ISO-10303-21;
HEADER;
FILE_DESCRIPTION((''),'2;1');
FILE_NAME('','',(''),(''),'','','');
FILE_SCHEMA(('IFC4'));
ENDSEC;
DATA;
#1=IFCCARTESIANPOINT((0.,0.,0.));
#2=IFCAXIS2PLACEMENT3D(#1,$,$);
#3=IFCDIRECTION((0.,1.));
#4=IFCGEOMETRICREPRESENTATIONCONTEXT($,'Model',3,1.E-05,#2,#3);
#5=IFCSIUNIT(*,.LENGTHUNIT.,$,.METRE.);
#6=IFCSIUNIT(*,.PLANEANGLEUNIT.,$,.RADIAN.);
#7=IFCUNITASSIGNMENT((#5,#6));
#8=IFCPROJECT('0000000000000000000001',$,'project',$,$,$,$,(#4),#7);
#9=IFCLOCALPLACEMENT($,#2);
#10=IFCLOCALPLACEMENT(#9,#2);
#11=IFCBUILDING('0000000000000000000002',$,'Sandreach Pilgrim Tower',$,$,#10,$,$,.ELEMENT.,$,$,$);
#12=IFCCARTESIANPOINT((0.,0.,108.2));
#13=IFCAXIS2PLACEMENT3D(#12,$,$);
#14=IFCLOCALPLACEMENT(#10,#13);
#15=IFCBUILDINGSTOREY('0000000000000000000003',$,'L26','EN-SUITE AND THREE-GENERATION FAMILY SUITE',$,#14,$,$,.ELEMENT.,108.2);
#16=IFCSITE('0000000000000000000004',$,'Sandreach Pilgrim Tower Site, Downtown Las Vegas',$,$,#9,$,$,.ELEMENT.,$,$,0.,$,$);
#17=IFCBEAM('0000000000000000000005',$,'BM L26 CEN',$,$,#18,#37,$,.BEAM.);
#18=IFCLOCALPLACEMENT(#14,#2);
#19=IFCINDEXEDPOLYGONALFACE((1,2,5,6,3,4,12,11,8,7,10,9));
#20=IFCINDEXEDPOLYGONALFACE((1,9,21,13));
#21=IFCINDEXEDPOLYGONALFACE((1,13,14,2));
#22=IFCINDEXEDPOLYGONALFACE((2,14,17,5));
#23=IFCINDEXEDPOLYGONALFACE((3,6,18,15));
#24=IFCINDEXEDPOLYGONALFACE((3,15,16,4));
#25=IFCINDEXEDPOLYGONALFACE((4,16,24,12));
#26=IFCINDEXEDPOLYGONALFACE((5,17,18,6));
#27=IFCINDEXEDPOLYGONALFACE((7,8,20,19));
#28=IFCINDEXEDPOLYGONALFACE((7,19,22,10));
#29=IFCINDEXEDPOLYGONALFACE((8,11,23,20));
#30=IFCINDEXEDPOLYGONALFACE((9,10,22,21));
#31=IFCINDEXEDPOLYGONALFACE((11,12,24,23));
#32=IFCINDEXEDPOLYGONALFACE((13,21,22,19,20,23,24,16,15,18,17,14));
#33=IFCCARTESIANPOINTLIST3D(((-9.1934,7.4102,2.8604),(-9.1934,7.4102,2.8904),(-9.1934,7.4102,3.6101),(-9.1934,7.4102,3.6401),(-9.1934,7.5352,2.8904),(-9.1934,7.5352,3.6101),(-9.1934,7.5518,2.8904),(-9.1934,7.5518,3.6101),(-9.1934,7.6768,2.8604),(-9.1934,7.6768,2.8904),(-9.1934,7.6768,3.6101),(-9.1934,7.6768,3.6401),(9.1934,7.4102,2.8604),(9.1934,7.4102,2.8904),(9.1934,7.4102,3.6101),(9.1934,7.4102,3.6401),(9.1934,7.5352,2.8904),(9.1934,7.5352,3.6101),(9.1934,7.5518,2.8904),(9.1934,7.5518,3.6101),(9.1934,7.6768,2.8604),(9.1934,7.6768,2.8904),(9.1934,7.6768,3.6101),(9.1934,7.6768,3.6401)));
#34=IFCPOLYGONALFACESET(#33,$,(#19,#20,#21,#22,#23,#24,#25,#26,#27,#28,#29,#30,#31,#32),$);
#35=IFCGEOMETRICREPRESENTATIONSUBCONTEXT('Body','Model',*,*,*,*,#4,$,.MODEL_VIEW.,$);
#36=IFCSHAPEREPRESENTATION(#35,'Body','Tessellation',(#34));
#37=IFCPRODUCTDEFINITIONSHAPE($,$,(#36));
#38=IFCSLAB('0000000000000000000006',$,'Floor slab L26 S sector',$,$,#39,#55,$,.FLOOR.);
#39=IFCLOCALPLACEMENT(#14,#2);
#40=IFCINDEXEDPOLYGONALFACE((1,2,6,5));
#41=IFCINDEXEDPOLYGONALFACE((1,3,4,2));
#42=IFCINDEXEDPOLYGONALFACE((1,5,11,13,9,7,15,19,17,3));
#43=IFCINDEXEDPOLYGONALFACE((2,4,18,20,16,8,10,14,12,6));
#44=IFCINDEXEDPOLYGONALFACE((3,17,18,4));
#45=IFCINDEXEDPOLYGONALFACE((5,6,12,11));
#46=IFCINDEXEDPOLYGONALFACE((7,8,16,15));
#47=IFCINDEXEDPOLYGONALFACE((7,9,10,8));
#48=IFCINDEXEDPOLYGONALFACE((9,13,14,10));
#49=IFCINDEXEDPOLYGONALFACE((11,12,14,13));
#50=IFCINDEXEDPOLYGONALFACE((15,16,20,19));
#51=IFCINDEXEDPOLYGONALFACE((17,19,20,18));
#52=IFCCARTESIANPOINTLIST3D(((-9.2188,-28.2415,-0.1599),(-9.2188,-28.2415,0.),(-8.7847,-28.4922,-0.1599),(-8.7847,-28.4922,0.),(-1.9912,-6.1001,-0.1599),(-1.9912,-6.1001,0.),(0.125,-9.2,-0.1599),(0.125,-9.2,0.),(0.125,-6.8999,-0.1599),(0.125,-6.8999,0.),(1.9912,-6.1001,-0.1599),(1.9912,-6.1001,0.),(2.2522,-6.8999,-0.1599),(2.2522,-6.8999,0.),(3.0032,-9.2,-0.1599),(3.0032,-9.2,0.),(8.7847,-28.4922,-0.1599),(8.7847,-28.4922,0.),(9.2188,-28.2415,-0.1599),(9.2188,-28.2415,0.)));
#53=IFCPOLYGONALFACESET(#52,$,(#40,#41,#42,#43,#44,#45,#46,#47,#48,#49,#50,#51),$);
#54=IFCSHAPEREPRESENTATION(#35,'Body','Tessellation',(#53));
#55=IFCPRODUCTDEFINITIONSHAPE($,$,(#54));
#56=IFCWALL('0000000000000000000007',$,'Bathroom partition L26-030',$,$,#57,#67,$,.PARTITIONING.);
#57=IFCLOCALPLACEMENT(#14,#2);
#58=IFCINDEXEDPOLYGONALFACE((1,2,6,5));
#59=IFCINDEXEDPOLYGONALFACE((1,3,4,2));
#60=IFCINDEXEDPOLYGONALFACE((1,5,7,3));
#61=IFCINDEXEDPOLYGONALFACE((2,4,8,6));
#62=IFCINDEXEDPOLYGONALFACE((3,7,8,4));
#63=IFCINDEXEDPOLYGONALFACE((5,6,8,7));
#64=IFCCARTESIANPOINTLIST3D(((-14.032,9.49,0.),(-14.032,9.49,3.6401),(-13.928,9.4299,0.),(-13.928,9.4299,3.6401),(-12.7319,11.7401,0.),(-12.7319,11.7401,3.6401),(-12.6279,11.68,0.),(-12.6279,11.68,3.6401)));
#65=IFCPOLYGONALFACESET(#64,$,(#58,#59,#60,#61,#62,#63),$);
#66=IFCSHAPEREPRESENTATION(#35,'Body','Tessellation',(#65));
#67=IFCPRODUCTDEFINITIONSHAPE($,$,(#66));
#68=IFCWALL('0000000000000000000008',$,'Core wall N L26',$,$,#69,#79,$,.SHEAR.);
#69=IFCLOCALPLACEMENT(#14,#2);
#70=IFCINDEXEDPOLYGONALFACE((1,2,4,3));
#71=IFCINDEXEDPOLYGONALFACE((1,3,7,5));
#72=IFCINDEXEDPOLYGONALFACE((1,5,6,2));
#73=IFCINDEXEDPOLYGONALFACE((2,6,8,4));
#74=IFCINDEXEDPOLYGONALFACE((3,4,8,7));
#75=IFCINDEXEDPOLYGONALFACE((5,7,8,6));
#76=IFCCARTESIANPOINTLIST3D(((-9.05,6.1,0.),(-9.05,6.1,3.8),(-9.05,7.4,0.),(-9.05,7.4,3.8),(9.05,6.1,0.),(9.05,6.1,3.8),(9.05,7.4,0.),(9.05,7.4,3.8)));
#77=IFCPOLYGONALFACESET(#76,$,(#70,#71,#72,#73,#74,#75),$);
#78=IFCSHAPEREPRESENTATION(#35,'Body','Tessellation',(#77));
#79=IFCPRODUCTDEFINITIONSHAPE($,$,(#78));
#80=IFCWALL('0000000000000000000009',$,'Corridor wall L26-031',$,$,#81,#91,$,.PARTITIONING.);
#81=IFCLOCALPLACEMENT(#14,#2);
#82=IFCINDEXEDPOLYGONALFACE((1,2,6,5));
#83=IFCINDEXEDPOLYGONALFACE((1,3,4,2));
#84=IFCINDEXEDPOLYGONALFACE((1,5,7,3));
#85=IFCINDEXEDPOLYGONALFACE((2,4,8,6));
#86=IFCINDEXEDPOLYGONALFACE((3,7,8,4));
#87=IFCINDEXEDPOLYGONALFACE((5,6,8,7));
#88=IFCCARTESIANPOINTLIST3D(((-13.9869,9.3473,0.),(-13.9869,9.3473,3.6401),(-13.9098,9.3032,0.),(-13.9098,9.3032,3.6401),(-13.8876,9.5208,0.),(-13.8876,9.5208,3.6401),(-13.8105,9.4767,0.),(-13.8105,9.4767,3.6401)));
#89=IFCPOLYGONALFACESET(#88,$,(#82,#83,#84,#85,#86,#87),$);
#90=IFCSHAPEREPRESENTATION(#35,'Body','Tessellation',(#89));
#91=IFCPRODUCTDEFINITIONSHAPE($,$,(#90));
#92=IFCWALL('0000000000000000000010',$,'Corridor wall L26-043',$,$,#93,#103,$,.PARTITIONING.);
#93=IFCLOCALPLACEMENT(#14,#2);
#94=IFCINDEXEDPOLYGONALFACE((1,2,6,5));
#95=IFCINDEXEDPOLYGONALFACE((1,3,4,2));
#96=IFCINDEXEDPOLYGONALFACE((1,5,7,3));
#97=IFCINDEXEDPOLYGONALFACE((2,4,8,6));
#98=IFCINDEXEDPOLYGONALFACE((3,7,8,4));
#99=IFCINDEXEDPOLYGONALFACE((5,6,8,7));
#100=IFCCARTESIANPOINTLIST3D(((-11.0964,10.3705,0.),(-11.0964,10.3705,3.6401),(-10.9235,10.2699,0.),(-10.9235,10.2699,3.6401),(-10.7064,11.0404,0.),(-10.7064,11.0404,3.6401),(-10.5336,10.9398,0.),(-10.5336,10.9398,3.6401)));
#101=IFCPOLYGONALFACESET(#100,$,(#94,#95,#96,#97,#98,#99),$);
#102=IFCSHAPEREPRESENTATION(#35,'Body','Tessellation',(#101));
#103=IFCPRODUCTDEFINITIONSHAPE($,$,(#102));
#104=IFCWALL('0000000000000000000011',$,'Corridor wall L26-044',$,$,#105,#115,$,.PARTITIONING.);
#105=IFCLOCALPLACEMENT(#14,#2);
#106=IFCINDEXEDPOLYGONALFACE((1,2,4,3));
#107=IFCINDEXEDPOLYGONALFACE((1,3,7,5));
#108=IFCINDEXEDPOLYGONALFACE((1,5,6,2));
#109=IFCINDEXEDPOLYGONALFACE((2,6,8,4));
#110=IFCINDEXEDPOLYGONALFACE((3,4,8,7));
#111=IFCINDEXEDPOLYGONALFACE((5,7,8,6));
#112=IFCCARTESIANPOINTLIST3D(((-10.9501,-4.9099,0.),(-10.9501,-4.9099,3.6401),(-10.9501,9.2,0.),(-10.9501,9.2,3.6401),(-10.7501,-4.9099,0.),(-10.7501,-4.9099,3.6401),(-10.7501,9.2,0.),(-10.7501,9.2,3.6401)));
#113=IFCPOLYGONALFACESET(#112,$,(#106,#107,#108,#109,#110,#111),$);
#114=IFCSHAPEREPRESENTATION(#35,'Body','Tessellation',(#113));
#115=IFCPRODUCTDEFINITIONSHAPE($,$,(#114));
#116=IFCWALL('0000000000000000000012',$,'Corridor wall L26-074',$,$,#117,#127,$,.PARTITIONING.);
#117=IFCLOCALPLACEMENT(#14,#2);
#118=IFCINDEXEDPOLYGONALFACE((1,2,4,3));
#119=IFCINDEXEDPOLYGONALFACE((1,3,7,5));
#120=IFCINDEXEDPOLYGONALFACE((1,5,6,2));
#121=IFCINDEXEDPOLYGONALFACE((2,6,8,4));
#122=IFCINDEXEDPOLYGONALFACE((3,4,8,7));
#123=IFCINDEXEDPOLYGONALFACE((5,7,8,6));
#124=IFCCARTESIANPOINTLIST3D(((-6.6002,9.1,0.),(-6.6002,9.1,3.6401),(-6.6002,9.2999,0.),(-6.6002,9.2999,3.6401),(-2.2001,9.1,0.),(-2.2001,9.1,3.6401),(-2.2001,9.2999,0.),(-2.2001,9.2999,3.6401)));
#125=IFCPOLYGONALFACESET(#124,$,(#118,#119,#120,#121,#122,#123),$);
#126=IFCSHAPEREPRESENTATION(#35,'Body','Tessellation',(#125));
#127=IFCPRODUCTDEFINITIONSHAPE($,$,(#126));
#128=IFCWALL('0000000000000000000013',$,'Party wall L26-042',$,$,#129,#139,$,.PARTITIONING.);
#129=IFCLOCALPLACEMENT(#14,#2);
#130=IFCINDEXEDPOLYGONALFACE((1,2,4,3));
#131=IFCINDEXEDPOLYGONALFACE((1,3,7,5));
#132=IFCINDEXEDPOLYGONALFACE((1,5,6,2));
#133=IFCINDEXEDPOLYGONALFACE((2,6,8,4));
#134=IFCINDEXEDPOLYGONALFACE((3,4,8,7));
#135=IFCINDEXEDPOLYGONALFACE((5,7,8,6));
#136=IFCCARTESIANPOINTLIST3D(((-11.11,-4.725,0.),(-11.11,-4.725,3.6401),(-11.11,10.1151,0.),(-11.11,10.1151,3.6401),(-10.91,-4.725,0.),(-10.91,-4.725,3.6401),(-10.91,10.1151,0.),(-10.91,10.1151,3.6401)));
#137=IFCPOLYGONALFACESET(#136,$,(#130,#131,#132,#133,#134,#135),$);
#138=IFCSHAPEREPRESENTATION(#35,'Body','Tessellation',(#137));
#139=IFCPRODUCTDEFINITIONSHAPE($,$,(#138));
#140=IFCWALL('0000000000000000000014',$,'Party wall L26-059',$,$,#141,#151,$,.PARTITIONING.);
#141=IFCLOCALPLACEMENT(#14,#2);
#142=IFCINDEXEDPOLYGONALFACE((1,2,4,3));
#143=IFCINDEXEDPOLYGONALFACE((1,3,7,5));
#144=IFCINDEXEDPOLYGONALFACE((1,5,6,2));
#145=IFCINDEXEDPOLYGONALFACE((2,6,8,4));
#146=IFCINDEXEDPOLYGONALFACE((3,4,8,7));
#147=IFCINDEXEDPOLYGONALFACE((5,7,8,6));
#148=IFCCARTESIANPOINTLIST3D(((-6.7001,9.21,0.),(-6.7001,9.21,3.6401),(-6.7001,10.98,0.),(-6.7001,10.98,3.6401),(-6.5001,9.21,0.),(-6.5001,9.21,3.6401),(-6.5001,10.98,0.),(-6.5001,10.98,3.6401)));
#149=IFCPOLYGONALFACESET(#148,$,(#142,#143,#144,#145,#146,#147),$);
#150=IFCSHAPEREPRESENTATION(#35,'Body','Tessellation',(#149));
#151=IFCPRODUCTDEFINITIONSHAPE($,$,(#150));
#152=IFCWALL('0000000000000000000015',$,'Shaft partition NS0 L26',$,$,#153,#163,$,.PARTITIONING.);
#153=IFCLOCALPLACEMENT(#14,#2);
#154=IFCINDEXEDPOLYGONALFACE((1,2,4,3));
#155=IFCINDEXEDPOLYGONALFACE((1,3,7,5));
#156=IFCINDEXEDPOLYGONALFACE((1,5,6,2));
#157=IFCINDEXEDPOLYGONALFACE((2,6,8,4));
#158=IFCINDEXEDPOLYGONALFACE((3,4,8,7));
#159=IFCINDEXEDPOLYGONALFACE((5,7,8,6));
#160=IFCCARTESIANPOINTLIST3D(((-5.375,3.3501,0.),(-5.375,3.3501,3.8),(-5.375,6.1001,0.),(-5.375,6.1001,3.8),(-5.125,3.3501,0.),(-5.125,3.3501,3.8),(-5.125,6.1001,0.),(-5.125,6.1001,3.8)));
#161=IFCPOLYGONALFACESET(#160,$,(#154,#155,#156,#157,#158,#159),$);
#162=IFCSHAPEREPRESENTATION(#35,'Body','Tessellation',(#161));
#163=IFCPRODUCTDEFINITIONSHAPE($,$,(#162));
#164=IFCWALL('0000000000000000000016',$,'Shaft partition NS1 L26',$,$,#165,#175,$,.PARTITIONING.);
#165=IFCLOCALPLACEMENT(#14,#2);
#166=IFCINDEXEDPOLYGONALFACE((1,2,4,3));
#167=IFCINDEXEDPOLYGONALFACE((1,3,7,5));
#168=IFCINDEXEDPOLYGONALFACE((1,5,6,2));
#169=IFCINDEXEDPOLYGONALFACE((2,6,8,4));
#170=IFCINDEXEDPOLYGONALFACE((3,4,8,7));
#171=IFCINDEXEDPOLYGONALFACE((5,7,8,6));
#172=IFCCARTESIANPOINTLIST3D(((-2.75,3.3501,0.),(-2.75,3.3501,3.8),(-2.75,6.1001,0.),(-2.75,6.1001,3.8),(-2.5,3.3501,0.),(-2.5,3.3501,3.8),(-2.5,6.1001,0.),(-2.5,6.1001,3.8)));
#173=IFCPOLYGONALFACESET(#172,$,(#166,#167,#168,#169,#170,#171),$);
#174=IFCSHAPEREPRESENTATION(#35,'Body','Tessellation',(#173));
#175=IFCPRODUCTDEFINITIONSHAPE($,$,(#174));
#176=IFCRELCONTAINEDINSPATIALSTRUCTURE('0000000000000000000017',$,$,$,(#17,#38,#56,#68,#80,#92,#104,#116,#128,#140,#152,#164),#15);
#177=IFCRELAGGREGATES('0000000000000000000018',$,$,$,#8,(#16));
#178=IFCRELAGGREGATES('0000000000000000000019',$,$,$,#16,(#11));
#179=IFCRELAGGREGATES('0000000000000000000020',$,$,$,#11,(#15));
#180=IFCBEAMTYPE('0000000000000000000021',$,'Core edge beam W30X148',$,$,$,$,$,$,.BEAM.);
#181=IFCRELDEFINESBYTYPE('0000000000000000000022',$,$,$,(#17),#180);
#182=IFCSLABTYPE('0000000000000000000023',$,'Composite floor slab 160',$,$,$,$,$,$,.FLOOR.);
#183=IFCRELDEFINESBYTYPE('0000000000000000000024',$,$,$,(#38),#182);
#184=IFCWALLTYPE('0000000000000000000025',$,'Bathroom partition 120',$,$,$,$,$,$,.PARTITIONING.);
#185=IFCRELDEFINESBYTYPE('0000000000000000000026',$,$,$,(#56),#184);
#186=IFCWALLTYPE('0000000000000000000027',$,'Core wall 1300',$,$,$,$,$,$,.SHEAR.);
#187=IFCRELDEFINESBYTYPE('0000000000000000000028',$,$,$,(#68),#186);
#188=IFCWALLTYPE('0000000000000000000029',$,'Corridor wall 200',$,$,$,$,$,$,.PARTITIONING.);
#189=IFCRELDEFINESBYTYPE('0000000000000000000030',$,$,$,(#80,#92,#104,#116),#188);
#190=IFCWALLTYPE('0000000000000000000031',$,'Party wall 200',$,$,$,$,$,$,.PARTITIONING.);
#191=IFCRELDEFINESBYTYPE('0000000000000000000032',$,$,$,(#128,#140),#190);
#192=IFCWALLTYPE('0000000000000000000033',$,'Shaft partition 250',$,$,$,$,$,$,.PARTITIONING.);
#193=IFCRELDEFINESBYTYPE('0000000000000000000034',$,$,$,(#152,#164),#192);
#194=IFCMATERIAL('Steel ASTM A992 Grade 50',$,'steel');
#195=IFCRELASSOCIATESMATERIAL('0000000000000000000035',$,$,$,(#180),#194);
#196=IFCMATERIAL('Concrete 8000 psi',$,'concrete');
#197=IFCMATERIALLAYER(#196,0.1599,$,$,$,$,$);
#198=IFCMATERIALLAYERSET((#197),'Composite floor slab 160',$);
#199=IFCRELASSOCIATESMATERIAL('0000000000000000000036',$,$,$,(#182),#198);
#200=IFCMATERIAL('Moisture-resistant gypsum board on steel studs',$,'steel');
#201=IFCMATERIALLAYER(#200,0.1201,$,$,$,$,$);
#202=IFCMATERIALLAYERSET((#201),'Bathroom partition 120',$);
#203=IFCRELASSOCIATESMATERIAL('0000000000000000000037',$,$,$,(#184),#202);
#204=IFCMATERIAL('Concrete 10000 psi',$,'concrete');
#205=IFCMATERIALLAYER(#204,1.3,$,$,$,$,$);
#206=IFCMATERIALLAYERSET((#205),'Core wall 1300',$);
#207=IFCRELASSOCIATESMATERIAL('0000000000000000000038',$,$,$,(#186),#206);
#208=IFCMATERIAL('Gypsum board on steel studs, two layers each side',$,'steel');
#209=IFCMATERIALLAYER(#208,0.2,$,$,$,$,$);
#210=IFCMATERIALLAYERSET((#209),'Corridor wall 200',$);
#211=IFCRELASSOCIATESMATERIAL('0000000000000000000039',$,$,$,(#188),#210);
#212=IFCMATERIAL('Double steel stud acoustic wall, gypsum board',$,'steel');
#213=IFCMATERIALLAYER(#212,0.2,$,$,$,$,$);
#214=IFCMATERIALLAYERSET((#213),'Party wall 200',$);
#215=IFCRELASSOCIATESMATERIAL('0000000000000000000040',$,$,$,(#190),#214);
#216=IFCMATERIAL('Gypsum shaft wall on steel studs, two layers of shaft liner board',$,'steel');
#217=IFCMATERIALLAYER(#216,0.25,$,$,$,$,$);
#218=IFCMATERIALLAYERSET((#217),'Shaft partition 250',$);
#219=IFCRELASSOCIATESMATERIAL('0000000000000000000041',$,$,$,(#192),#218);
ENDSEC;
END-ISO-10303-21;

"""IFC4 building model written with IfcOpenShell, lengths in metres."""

from ifc_helpers import new_model, si_unit, direction, frame, frame_2d, origin, origin_2d, place, context, subcontext, project, spatial, polyline, rectangle, i_section, outline, extrude, material, layer, layer_set, material_profile, profile_set, type_object, element, save


model = new_model("IFC4")

# Units and contexts
model_context = context("Model", 3, precision=1e-05, world=origin(), true_north=direction((0.0, 1.0)))
body_context = subcontext(model_context, "Body", "Model", "MODEL_VIEW")
ifc_project = project(units=[si_unit("LENGTHUNIT", "METRE"), si_unit("PLANEANGLEUNIT", "RADIAN")], contexts=[model_context])

# Site, building, storey
site_placement = place(None, origin())
site = spatial("IfcSite", under=ifc_project, at=site_placement, Name="Sandreach Pilgrim Tower Site, Downtown Las Vegas", CompositionType="ELEMENT", RefElevation=0.0)
building_placement = place(site_placement, origin())
building = spatial("IfcBuilding", under=site, at=building_placement, Name="Sandreach Pilgrim Tower", CompositionType="ELEMENT")
storey_placement = place(building_placement, frame((0.0, 0.0, 108.2)))
storey = spatial("IfcBuildingStorey", under=building, at=storey_placement, Name="L26", Description="EN-SUITE AND THREE-GENERATION FAMILY SUITE", CompositionType="ELEMENT", Elevation=108.2)

# Beam
ifc_material_1 = material(Name="Steel ASTM A992 Grade 50", Category="steel")
ifc_material_profile = material_profile(ifc_material_1, i_section(OverallWidth=0.2666, OverallDepth=0.7798, WebThickness=0.0166, FlangeThickness=0.03, at=origin_2d()), Name="W30X148")
ifc_profile_set = profile_set([ifc_material_profile], Name="Steel ASTM A992 Grade 50")
beam_type = type_object("IfcBeamType", Name="Core edge beam W30X148", PredefinedType="BEAM", material=ifc_profile_set)
beam_placement = place(storey_placement, frame((-9.1934, 7.5435, 3.2502), z_axis=(1.0, 0.0, 0.0), x_axis=(0.0, 1.0, 0.0)))
element("IfcBeam", 1, at=beam_placement, inside=storey, type_object=beam_type, Name="BM L26 CEN", PredefinedType="BEAM", context=body_context, shape_type="SweptSolid", body=[
    extrude(i_section(OverallWidth=0.2666, OverallDepth=0.7798, WebThickness=0.0166, FlangeThickness=0.03, at=origin_2d()), origin(), (0.0, 0.0, 1.0), 18.3867),
])

# Slab
ifc_material_2 = material(Name="Concrete 8000 psi", Category="concrete")
ifc_layer_1 = layer(ifc_material_2, 0.1599)
ifc_layer_set_1 = layer_set([ifc_layer_1], Name="Composite floor slab 160")
slab_type = type_object("IfcSlabType", Name="Composite floor slab 160", PredefinedType="FLOOR", material=ifc_layer_set_1)
slab_placement = place(storey_placement, frame((0.0, 0.0, -0.1599)))
element("IfcSlab", 2, at=slab_placement, inside=storey, type_object=slab_type, Name="Floor slab L26 S sector", PredefinedType="FLOOR", context=body_context, shape_type="SweptSolid", body=[
    extrude(outline(polyline([(8.7847, -28.4922), (-8.7847, -28.4922), (-9.2188, -28.2415), (-1.9912, -6.1001), (1.9912, -6.1001), (2.2522, -6.8999), (0.125, -6.8999), (0.125, -9.2), (3.0032, -9.2), (9.2188, -28.2415), (8.7847, -28.4922)])), origin(), (0.0, 0.0, 1.0), 0.1599),
])

# Wall
ifc_material_3 = material(Name="Moisture-resistant gypsum board on steel studs", Category="steel")
ifc_layer_2 = layer(ifc_material_3, 0.1201)
ifc_layer_set_2 = layer_set([ifc_layer_2], Name="Bathroom partition 120")
wall_type_1 = type_object("IfcWallType", Name="Bathroom partition 120", PredefinedType="PARTITIONING", material=ifc_layer_set_2)
wall_1_placement = place(storey_placement, frame((-13.98, 9.46, 0.0), z_axis=(0.0, 0.0, 1.0), x_axis=(0.500292, 0.865857, 0.0)))
element("IfcWall", 3, at=wall_1_placement, inside=storey, type_object=wall_type_1, Name="Bathroom partition L26-030", PredefinedType="PARTITIONING", context=body_context, shape_type="SweptSolid", body=[
    extrude(rectangle(XDim=2.5986, YDim=0.1201, at=frame_2d((1.2993, 0.0))), origin(), (0.0, 0.0, 1.0), 3.6401),
])

# Walls
ifc_material_4 = material(Name="Concrete 10000 psi", Category="concrete")
ifc_layer_3 = layer(ifc_material_4, 1.3)
ifc_layer_set_3 = layer_set([ifc_layer_3], Name="Core wall 1300")
wall_type_2 = type_object("IfcWallType", Name="Core wall 1300", PredefinedType="SHEAR", material=ifc_layer_set_3)
wall_2_placement = place(storey_placement, frame((-9.05, 6.75, 0.0), z_axis=(0.0, 0.0, 1.0), x_axis=(1.0, 0.0, 0.0)))
element("IfcWall", 4, at=wall_2_placement, inside=storey, type_object=wall_type_2, Name="Core wall N L26", PredefinedType="SHEAR", context=body_context, shape_type="SweptSolid", body=[
    extrude(rectangle(XDim=18.1001, YDim=1.3, at=frame_2d((9.05, 0.0))), origin(), (0.0, 0.0, 1.0), 3.8),
])
ifc_material_5 = material(Name="Gypsum board on steel studs, two layers each side", Category="steel")
ifc_layer_4 = layer(ifc_material_5, 0.2)
ifc_layer_set_4 = layer_set([ifc_layer_4], Name="Corridor wall 200")
wall_type_3 = type_object("IfcWallType", Name="Corridor wall 200", PredefinedType="PARTITIONING", material=ifc_layer_set_4)
wall_3_placement = place(storey_placement, frame((-13.9373, 9.4341, 0.0), z_axis=(0.0, 0.0, 1.0), x_axis=(0.867736, -0.497026, 0.0)))
element("IfcWall", 5, at=wall_3_placement, inside=storey, type_object=wall_type_3, Name="Corridor wall L26-031", PredefinedType="PARTITIONING", context=body_context, shape_type="SweptSolid", body=[
    extrude(rectangle(XDim=0.0889, YDim=0.2, at=frame_2d((0.0444, 0.0))), origin(), (0.0, 0.0, 1.0), 3.6401),
])
wall_4_placement = place(storey_placement, frame((-11.01, 10.3201, 0.0), z_axis=(0.0, 0.0, 1.0), x_axis=(0.503009, 0.864281, 0.0)))
element("IfcWall", 6, at=wall_4_placement, inside=storey, type_object=wall_type_3, Name="Corridor wall L26-043", PredefinedType="PARTITIONING", context=body_context, shape_type="SweptSolid", body=[
    extrude(rectangle(XDim=0.7751, YDim=0.2, at=frame_2d((0.3877, 0.0))), origin(), (0.0, 0.0, 1.0), 3.6401),
])
wall_5_placement = place(storey_placement, frame((-10.8501, 9.2, 0.0), z_axis=(0.0, 0.0, 1.0), x_axis=(0.0, -1.0, 0.0)))
element("IfcWall", 7, at=wall_5_placement, inside=storey, type_object=wall_type_3, Name="Corridor wall L26-044", PredefinedType="PARTITIONING", context=body_context, shape_type="SweptSolid", body=[
    extrude(rectangle(XDim=14.1099, YDim=0.2, at=frame_2d((7.0549, 0.0))), origin(), (0.0, 0.0, 1.0), 3.6401),
])

# Walls
wall_6_placement = place(storey_placement, frame((-2.2, 9.2, 0.0), z_axis=(0.0, 0.0, 1.0), x_axis=(-1.0, 0.0, 0.0)))
element("IfcWall", 8, at=wall_6_placement, inside=storey, type_object=wall_type_3, Name="Corridor wall L26-074", PredefinedType="PARTITIONING", context=body_context, shape_type="SweptSolid", body=[
    extrude(rectangle(XDim=4.4001, YDim=0.2, at=frame_2d((2.2002, 0.0))), origin(), (0.0, 0.0, 1.0), 3.6401),
])
ifc_material_6 = material(Name="Double steel stud acoustic wall, gypsum board", Category="steel")
ifc_layer_5 = layer(ifc_material_6, 0.2)
ifc_layer_set_5 = layer_set([ifc_layer_5], Name="Party wall 200")
wall_type_4 = type_object("IfcWallType", Name="Party wall 200", PredefinedType="PARTITIONING", material=ifc_layer_set_5)
wall_7_placement = place(storey_placement, frame((-11.01, 10.115, 0.0), z_axis=(0.0, 0.0, 1.0), x_axis=(0.0, -1.0, 0.0)))
element("IfcWall", 9, at=wall_7_placement, inside=storey, type_object=wall_type_4, Name="Party wall L26-042", PredefinedType="PARTITIONING", context=body_context, shape_type="SweptSolid", body=[
    extrude(rectangle(XDim=14.8401, YDim=0.2, at=frame_2d((7.4199, 0.0))), origin(), (0.0, 0.0, 1.0), 3.6401),
])
wall_8_placement = place(storey_placement, frame((-6.6001, 10.98, 0.0), z_axis=(0.0, 0.0, 1.0), x_axis=(0.0, -1.0, 0.0)))
element("IfcWall", 10, at=wall_8_placement, inside=storey, type_object=wall_type_4, Name="Party wall L26-059", PredefinedType="PARTITIONING", context=body_context, shape_type="SweptSolid", body=[
    extrude(rectangle(XDim=1.77, YDim=0.2, at=frame_2d((0.885, 0.0))), origin(), (0.0, 0.0, 1.0), 3.6401),
])
ifc_material_7 = material(Name="Gypsum shaft wall on steel studs, two layers of shaft liner board", Category="steel")
ifc_layer_6 = layer(ifc_material_7, 0.25)
ifc_layer_set_6 = layer_set([ifc_layer_6], Name="Shaft partition 250")
wall_type_5 = type_object("IfcWallType", Name="Shaft partition 250", PredefinedType="PARTITIONING", material=ifc_layer_set_6)
for number, where, z_axis, x_axis, name in (
    (11, (-5.25, 3.3501, 0.0), (0.0, 0.0, 1.0), (0.0, 1.0, 0.0), "Shaft partition NS0 L26"),
    (12, (-2.625, 3.3501, 0.0), (0.0, 0.0, 1.0), (0.0, 1.0, 0.0), "Shaft partition NS1 L26"),
):
    element("IfcWall", number, at=place(storey_placement, frame(where, z_axis=z_axis, x_axis=x_axis)), inside=storey, type_object=wall_type_5, Name=name, PredefinedType="PARTITIONING", context=body_context, shape_type="SweptSolid", body=[
        extrude(rectangle(XDim=2.75, YDim=0.25, at=frame_2d((1.375, 0.0))), origin(), (0.0, 0.0, 1.0), 3.8),
    ])

save(model, "model.ifc")
